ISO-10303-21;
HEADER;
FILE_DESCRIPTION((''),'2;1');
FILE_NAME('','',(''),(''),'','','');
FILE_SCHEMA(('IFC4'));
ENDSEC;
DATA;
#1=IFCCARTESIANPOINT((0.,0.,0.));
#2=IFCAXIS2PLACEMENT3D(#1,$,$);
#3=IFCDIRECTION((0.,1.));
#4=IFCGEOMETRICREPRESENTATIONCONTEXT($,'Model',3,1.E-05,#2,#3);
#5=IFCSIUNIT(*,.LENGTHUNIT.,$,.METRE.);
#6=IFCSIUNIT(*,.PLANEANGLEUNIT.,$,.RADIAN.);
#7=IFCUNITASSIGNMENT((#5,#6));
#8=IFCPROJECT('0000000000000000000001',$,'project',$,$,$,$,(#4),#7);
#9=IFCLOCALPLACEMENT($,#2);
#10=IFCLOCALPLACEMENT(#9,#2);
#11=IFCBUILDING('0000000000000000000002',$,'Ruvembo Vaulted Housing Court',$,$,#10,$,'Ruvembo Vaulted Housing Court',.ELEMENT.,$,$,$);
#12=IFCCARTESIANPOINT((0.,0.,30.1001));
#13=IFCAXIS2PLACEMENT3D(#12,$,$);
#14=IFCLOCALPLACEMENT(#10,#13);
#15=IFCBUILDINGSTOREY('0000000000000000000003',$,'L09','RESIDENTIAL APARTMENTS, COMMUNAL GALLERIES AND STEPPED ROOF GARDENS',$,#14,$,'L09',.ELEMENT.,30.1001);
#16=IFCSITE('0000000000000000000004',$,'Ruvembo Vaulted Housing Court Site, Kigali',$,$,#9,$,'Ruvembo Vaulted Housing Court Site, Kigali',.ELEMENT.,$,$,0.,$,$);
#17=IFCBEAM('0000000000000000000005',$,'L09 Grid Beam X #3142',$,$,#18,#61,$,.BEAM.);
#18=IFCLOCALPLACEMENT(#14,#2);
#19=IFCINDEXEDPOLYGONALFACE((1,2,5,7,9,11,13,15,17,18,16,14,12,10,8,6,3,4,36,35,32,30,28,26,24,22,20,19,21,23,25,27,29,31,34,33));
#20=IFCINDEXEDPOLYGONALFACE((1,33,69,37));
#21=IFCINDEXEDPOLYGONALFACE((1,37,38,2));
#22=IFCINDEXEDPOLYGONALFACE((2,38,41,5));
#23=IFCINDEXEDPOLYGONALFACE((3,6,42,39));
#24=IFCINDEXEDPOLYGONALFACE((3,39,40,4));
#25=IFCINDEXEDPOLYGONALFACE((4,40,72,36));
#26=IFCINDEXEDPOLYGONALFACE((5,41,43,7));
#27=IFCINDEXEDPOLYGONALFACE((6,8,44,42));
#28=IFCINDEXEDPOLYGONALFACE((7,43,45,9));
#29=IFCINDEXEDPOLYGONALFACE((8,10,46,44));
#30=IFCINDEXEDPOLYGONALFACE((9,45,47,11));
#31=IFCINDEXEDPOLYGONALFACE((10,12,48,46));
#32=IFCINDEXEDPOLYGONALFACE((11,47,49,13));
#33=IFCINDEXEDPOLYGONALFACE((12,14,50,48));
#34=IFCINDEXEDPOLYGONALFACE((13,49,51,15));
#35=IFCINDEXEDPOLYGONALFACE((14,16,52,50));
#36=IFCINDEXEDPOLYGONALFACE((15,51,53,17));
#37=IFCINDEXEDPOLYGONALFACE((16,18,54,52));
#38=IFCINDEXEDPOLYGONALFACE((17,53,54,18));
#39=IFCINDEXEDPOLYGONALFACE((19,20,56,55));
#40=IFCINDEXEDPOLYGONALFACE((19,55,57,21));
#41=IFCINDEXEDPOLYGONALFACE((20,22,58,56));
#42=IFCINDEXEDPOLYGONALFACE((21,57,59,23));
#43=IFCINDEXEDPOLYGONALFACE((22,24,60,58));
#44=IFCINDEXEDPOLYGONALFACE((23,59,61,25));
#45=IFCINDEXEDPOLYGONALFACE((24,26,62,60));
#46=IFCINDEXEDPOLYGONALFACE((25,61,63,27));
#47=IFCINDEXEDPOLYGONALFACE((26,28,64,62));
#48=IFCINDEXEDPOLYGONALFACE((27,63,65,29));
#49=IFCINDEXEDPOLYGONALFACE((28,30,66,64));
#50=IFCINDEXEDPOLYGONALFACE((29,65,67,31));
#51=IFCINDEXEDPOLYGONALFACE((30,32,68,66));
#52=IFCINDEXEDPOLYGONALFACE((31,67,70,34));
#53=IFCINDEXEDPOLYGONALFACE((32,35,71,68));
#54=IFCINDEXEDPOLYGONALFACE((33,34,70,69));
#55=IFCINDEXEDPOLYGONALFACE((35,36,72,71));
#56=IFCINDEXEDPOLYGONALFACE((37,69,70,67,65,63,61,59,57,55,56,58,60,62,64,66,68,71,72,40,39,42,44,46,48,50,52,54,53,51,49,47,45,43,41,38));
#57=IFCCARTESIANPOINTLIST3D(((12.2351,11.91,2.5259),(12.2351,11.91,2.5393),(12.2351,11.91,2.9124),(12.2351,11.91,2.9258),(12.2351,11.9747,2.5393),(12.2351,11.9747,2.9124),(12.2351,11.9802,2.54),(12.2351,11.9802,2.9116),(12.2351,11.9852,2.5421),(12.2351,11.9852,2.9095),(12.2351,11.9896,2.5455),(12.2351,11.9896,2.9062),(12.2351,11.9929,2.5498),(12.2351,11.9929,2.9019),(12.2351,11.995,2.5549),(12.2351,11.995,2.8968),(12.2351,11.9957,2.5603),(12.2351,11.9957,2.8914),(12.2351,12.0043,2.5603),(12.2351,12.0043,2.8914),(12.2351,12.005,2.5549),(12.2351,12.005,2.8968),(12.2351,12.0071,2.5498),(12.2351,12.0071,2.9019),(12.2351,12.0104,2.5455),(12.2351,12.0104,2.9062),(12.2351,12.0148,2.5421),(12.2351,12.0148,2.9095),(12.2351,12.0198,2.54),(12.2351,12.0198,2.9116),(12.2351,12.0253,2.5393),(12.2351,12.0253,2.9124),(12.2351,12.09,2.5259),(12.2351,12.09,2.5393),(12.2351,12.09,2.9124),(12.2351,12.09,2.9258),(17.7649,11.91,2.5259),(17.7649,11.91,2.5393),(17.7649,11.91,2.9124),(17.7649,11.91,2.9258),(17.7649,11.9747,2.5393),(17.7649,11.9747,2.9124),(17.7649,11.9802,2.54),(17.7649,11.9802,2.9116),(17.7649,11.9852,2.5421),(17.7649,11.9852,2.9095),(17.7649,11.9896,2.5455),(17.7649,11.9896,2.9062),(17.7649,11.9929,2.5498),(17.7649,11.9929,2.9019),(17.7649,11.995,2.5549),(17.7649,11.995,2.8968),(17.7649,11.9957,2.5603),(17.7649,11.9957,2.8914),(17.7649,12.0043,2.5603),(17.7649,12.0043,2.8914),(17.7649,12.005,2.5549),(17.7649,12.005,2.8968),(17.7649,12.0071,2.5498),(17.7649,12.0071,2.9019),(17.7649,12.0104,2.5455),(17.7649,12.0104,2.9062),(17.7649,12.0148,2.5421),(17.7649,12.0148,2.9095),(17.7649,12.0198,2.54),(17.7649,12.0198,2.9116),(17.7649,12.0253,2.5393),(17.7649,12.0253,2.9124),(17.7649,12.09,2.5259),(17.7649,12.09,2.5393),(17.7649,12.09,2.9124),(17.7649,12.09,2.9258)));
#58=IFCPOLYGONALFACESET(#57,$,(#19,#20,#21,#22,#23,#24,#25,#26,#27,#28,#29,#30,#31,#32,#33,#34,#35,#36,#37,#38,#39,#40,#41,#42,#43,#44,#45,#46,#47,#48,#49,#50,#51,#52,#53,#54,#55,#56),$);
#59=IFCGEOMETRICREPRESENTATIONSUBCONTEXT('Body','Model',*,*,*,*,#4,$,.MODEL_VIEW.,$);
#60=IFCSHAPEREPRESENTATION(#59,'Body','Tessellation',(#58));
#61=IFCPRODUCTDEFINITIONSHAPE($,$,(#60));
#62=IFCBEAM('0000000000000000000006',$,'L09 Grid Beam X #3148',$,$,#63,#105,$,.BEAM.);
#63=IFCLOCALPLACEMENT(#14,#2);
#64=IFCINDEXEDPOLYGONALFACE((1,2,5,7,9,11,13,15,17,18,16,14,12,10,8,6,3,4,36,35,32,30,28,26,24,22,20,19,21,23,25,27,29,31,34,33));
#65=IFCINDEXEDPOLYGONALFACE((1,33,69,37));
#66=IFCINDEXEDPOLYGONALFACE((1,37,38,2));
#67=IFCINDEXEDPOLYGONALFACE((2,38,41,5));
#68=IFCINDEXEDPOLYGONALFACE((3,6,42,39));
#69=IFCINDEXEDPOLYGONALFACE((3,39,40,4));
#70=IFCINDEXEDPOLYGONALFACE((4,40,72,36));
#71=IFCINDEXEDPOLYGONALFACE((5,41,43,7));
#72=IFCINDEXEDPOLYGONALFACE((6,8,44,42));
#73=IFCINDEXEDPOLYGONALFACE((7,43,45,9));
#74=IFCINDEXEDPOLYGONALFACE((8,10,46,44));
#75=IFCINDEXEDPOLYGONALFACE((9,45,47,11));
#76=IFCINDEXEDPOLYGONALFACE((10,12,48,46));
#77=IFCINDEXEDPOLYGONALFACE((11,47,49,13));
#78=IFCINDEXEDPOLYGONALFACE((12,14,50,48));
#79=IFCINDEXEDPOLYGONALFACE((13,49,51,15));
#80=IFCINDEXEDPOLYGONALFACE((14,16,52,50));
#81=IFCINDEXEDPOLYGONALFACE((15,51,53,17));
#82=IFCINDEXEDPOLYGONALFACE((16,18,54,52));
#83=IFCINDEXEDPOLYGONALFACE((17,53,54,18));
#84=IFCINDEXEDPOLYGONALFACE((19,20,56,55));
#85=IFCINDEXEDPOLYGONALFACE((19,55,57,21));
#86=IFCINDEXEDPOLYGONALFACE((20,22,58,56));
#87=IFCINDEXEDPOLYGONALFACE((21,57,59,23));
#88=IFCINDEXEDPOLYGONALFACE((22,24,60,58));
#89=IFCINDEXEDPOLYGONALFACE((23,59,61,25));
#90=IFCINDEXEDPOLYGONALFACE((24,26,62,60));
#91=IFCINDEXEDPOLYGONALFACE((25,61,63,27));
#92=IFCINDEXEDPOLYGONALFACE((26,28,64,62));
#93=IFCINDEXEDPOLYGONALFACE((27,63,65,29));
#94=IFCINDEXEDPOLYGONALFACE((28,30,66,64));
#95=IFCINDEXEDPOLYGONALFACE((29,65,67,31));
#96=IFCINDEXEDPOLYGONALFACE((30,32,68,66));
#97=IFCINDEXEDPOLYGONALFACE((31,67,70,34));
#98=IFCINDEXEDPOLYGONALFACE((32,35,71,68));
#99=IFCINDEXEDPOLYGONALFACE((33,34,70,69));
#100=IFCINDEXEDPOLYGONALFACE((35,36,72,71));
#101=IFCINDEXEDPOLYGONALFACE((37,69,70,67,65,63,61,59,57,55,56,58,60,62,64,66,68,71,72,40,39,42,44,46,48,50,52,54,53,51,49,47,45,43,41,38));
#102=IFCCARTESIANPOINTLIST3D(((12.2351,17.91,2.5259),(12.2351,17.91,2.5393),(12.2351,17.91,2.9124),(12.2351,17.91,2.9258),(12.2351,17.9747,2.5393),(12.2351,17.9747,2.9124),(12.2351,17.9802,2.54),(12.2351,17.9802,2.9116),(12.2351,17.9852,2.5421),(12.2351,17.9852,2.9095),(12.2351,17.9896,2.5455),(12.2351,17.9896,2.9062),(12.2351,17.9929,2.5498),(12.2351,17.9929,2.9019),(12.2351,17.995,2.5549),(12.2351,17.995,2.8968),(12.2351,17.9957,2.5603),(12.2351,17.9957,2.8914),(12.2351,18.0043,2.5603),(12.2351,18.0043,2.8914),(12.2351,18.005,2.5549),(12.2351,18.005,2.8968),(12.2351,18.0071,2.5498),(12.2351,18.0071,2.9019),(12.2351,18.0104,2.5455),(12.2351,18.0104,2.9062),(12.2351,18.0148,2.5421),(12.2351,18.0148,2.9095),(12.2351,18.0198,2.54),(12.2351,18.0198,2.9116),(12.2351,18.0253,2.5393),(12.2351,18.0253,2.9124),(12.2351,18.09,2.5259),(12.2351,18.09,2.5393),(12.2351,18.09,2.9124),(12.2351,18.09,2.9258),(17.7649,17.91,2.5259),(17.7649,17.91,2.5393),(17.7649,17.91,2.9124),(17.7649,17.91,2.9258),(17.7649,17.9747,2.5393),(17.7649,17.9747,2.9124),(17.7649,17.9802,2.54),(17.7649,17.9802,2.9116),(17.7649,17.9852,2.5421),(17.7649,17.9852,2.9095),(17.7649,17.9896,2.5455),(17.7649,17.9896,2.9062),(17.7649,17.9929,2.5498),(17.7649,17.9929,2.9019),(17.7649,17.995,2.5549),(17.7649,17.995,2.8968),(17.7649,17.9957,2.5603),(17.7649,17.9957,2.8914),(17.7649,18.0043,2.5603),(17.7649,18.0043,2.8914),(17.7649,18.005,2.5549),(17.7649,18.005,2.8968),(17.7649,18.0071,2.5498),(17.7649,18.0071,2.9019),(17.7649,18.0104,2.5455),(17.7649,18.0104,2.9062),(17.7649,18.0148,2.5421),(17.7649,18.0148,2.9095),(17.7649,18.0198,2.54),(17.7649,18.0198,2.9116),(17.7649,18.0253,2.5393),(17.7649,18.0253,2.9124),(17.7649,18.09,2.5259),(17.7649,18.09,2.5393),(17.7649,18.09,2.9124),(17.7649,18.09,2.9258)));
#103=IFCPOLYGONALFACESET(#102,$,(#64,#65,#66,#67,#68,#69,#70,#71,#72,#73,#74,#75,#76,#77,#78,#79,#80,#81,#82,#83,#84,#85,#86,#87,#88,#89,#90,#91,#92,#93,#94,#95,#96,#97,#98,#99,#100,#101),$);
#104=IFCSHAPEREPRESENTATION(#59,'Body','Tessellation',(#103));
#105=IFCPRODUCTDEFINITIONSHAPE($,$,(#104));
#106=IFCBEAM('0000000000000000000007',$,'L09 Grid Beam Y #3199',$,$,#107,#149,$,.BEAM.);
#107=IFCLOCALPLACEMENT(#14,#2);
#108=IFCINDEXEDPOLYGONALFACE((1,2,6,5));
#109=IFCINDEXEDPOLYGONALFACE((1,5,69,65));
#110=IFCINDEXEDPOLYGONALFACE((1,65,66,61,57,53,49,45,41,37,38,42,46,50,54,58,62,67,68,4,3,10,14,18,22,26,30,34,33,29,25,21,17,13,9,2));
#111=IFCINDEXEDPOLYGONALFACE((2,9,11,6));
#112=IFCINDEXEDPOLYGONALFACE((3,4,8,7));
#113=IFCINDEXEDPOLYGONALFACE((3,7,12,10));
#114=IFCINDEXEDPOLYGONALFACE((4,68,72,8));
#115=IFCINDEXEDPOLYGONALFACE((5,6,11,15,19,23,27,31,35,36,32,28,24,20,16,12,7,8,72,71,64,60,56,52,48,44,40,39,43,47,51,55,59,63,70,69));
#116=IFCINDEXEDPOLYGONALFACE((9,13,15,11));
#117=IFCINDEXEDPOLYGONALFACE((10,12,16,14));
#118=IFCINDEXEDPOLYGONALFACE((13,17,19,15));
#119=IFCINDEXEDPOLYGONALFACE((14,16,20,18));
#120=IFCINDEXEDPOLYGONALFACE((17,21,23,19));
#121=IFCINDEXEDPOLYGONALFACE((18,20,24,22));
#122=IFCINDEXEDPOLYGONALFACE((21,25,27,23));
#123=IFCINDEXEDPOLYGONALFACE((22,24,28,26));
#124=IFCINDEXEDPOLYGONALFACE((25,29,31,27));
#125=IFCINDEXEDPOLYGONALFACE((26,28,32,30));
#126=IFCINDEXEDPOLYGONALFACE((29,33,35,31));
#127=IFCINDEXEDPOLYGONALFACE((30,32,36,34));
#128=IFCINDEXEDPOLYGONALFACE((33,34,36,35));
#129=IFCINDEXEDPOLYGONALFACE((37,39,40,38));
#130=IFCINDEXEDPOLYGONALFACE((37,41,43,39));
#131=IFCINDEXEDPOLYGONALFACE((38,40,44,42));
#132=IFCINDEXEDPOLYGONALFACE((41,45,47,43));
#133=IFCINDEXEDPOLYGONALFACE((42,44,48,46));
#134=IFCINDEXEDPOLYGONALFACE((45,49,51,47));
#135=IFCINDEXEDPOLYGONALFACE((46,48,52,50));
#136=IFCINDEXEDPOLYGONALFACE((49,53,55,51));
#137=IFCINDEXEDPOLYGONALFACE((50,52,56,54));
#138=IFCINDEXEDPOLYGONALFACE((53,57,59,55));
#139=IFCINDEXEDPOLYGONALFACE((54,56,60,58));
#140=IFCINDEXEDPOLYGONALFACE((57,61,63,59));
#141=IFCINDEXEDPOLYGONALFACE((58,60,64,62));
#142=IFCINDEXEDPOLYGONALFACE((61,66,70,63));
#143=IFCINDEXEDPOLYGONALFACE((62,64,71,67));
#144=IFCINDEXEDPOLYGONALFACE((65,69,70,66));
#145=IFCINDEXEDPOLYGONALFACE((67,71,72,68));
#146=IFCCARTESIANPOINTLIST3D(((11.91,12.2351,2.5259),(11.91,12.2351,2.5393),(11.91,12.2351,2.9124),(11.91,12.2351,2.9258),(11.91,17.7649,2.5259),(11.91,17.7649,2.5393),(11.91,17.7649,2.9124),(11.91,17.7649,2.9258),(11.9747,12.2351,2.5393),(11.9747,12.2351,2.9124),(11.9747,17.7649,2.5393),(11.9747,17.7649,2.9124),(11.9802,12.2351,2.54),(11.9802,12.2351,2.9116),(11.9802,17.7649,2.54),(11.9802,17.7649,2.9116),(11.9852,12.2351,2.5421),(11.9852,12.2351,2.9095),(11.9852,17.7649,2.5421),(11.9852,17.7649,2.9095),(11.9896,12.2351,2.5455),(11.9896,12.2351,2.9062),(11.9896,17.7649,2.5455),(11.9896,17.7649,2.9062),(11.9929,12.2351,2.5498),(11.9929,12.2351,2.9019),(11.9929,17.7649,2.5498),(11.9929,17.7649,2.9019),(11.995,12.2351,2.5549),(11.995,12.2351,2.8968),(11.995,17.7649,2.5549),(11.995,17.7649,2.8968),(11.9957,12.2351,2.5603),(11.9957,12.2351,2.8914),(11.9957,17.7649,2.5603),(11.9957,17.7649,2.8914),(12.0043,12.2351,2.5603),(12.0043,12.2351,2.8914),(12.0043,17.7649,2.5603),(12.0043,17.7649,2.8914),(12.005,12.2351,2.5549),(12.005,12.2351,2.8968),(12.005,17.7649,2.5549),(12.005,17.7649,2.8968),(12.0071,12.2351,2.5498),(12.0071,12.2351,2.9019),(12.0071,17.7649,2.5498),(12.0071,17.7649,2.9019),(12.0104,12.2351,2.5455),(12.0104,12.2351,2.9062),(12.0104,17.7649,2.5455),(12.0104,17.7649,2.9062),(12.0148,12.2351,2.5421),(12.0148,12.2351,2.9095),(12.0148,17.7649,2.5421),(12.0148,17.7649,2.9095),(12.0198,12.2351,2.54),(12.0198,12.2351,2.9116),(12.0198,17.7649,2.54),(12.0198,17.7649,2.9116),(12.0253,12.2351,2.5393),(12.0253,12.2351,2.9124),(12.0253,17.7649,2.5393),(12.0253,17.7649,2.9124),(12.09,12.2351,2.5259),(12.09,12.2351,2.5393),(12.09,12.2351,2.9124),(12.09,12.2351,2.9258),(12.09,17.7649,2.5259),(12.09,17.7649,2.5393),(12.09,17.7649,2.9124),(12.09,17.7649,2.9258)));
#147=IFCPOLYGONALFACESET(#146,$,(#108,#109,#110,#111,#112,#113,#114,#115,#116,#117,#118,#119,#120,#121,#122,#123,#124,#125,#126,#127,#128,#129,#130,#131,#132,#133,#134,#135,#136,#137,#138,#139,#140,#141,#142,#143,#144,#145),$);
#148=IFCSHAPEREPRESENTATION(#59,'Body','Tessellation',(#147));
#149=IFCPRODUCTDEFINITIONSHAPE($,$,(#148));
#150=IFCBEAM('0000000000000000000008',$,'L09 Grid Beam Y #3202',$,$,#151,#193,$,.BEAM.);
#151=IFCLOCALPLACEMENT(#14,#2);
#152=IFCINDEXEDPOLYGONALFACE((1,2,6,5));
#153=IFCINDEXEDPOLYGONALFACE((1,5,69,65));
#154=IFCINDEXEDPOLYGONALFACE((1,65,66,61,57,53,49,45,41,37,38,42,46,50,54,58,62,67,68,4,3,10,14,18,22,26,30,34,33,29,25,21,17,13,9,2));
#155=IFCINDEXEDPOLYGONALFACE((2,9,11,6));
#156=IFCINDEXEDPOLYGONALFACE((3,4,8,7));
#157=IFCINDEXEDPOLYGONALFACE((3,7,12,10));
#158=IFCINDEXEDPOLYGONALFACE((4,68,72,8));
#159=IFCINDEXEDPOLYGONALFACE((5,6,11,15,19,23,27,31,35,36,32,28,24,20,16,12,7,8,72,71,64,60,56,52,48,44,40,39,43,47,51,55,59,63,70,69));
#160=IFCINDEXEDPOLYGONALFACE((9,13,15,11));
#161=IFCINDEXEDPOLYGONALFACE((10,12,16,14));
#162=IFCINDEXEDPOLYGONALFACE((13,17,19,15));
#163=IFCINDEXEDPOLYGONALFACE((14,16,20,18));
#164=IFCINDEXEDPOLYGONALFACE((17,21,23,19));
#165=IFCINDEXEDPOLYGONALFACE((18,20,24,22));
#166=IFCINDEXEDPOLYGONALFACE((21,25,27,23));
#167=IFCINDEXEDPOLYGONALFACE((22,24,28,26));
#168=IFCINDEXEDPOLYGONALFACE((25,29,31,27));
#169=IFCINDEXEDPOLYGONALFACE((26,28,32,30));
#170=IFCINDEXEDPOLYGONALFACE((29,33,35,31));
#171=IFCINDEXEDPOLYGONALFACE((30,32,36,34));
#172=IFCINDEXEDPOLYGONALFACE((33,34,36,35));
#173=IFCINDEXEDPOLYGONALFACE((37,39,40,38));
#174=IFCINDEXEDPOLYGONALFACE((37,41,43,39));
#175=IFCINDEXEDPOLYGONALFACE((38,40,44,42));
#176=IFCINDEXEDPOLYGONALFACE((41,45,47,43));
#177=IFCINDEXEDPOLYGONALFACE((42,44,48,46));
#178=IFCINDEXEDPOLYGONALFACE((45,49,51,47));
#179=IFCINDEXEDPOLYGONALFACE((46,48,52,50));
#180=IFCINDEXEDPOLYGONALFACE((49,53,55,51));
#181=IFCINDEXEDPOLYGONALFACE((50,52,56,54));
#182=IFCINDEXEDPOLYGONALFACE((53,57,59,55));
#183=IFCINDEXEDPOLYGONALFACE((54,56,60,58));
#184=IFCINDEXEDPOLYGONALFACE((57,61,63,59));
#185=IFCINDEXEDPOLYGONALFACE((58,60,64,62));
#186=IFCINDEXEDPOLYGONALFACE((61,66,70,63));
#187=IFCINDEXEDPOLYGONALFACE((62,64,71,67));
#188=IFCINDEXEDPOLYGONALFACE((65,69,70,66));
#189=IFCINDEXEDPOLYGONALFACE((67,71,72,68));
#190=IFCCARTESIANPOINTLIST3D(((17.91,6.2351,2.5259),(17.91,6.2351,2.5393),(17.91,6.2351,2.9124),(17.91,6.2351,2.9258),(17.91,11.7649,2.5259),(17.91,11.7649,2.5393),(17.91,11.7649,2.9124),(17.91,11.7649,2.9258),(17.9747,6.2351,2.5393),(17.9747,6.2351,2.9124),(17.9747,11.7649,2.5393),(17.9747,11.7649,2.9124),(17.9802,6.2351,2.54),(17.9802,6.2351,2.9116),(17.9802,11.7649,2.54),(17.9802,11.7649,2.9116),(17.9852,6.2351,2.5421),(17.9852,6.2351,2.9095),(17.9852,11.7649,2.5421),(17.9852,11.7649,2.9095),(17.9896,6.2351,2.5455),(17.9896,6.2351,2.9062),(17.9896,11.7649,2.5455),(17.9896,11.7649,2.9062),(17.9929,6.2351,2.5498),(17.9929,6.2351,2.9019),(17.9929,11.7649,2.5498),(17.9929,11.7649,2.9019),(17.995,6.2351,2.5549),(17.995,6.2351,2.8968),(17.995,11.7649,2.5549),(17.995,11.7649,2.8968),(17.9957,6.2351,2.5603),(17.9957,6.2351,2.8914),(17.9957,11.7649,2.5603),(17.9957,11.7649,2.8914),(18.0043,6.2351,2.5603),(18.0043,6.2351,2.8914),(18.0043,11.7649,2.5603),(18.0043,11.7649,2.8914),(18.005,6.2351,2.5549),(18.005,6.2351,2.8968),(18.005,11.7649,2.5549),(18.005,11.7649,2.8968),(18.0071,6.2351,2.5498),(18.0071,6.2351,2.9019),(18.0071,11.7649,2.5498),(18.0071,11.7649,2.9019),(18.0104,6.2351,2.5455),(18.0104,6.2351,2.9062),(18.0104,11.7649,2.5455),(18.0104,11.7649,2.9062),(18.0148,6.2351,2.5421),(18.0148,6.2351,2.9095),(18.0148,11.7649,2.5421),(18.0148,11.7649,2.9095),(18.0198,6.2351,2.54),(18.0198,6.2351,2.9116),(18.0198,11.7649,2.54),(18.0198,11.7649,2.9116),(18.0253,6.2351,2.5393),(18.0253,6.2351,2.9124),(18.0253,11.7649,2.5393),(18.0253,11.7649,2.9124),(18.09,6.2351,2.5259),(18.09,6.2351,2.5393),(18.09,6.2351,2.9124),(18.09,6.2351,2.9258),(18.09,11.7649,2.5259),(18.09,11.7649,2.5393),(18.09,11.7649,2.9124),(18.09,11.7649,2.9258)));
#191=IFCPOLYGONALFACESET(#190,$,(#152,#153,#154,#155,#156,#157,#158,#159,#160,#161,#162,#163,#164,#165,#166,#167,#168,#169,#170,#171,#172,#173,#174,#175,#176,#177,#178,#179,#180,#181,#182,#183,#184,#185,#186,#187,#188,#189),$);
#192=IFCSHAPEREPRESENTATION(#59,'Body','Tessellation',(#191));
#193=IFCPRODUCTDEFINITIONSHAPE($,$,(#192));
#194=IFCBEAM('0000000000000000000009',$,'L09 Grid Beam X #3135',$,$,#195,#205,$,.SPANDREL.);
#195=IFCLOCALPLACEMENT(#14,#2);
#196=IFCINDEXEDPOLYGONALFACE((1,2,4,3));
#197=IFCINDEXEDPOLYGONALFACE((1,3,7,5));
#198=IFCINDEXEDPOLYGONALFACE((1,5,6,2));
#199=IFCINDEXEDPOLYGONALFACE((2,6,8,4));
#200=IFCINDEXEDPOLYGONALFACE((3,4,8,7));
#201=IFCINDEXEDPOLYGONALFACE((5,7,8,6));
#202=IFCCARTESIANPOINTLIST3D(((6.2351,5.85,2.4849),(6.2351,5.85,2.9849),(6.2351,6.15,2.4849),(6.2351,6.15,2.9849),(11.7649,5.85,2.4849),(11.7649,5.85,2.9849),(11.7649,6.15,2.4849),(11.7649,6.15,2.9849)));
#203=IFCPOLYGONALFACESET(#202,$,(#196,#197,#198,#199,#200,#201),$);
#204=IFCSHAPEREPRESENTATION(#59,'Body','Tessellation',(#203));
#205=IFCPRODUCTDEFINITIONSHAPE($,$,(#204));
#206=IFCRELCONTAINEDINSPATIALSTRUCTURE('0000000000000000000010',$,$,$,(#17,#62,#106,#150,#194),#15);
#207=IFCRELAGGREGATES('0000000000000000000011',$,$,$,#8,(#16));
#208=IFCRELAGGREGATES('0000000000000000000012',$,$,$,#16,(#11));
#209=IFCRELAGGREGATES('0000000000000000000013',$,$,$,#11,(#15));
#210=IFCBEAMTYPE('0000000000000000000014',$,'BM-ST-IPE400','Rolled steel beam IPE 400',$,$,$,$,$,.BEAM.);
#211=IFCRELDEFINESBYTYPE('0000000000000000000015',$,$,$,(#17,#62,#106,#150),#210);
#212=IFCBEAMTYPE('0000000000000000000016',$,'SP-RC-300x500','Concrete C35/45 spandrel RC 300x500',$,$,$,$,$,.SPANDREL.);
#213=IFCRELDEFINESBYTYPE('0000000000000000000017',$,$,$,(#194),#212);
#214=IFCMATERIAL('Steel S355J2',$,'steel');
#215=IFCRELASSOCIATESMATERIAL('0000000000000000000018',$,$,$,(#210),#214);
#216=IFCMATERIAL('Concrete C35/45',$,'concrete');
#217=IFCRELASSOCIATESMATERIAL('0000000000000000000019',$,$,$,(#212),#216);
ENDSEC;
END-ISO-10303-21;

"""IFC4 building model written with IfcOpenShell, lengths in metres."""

from ifc_helpers import new_model, si_unit, direction, frame, origin, origin_2d, place, context, subcontext, project, spatial, rectangle, i_section, extrude, material, material_profile, profile_set, type_object, element, save


model = new_model("IFC4")

# Units and contexts
model_context = context("Model", 3, precision=1e-05, world=origin(), true_north=direction((0.0, 1.0)))
body_context = subcontext(model_context, "Body", "Model", "MODEL_VIEW")
ifc_project = project(units=[si_unit("LENGTHUNIT", "METRE"), si_unit("PLANEANGLEUNIT", "RADIAN")], contexts=[model_context])

# Site, building, storey
site_placement = place(None, origin())
site = spatial("IfcSite", under=ifc_project, at=site_placement, Name="Ruvembo Vaulted Housing Court Site, Kigali", LongName="Ruvembo Vaulted Housing Court Site, Kigali", CompositionType="ELEMENT", RefElevation=0.0)
building_placement = place(site_placement, origin())
building = spatial("IfcBuilding", under=site, at=building_placement, Name="Ruvembo Vaulted Housing Court", LongName="Ruvembo Vaulted Housing Court", CompositionType="ELEMENT")
storey_placement = place(building_placement, frame((0.0, 0.0, 30.1001)))
storey = spatial("IfcBuildingStorey", under=building, at=storey_placement, Name="L09", Description="RESIDENTIAL APARTMENTS, COMMUNAL GALLERIES AND STEPPED ROOF GARDENS", LongName="L09", CompositionType="ELEMENT", Elevation=30.1001)

# Shared definitions
ifc_material_1 = material(Name="Concrete C35/45", Category="concrete")

# Beams
ifc_material_2 = material(Name="Steel S355J2", Category="steel")
ifc_material_profile_1 = material_profile(ifc_material_2, i_section(OverallWidth=0.1799, OverallDepth=0.3999, WebThickness=0.0085, FlangeThickness=0.0134, FilletRadius=0.021, at=origin_2d()), Name="IPE 400")
ifc_profile_set_1 = profile_set([ifc_material_profile_1], Name="Steel S355J2")
beam_type_1 = type_object("IfcBeamType", Name="BM-ST-IPE400", Description="Rolled steel beam IPE 400", PredefinedType="BEAM", material=ifc_profile_set_1)
for number, where, z_axis, x_axis, name in (
    (1, (12.2351, 12.0, 2.7258), (1.0, 0.0, 0.0), (0.0, 1.0, 0.0), "L09 Grid Beam X #3142"),
    (2, (12.2351, 18.0, 2.7258), (1.0, 0.0, 0.0), (0.0, 1.0, 0.0), "L09 Grid Beam X #3148"),
    (3, (12.0, 12.2351, 2.7258), (0.0, 1.0, 0.0), (-1.0, 0.0, 0.0), "L09 Grid Beam Y #3199"),
    (4, (18.0, 6.2351, 2.7258), (0.0, 1.0, 0.0), (-1.0, 0.0, 0.0), "L09 Grid Beam Y #3202"),
):
    element("IfcBeam", number, at=place(storey_placement, frame(where, z_axis=z_axis, x_axis=x_axis)), inside=storey, type_object=beam_type_1, Name=name, PredefinedType="BEAM", context=body_context, shape_type="SweptSolid", body=[
        extrude(i_section(OverallWidth=0.1799, OverallDepth=0.3999, WebThickness=0.0085, FlangeThickness=0.0134, FilletRadius=0.021, at=origin_2d()), origin(), (0.0, 0.0, 1.0), 5.5298),
    ])
ifc_material_profile_2 = material_profile(ifc_material_1, rectangle(XDim=0.3, YDim=0.5, at=origin_2d()), Name="RC 300x500")
ifc_profile_set_2 = profile_set([ifc_material_profile_2], Name="Concrete C35/45")
beam_type_2 = type_object("IfcBeamType", Name="SP-RC-300x500", Description="Concrete C35/45 spandrel RC 300x500", PredefinedType="SPANDREL", material=ifc_profile_set_2)
for number, where, z_axis, x_axis, name in (
    (5, (6.2351, 6.0, 2.7349), (1.0, 0.0, 0.0), (0.0, 1.0, 0.0), "L09 Grid Beam X #3135"),
):
    element("IfcBeam", number, at=place(storey_placement, frame(where, z_axis=z_axis, x_axis=x_axis)), inside=storey, type_object=beam_type_2, Name=name, PredefinedType="SPANDREL", context=body_context, shape_type="SweptSolid", body=[
        extrude(rectangle(XDim=0.3, YDim=0.5, at=origin_2d()), origin(), (0.0, 0.0, 1.0), 5.5298),
    ])

save(model, "model.ifc")
